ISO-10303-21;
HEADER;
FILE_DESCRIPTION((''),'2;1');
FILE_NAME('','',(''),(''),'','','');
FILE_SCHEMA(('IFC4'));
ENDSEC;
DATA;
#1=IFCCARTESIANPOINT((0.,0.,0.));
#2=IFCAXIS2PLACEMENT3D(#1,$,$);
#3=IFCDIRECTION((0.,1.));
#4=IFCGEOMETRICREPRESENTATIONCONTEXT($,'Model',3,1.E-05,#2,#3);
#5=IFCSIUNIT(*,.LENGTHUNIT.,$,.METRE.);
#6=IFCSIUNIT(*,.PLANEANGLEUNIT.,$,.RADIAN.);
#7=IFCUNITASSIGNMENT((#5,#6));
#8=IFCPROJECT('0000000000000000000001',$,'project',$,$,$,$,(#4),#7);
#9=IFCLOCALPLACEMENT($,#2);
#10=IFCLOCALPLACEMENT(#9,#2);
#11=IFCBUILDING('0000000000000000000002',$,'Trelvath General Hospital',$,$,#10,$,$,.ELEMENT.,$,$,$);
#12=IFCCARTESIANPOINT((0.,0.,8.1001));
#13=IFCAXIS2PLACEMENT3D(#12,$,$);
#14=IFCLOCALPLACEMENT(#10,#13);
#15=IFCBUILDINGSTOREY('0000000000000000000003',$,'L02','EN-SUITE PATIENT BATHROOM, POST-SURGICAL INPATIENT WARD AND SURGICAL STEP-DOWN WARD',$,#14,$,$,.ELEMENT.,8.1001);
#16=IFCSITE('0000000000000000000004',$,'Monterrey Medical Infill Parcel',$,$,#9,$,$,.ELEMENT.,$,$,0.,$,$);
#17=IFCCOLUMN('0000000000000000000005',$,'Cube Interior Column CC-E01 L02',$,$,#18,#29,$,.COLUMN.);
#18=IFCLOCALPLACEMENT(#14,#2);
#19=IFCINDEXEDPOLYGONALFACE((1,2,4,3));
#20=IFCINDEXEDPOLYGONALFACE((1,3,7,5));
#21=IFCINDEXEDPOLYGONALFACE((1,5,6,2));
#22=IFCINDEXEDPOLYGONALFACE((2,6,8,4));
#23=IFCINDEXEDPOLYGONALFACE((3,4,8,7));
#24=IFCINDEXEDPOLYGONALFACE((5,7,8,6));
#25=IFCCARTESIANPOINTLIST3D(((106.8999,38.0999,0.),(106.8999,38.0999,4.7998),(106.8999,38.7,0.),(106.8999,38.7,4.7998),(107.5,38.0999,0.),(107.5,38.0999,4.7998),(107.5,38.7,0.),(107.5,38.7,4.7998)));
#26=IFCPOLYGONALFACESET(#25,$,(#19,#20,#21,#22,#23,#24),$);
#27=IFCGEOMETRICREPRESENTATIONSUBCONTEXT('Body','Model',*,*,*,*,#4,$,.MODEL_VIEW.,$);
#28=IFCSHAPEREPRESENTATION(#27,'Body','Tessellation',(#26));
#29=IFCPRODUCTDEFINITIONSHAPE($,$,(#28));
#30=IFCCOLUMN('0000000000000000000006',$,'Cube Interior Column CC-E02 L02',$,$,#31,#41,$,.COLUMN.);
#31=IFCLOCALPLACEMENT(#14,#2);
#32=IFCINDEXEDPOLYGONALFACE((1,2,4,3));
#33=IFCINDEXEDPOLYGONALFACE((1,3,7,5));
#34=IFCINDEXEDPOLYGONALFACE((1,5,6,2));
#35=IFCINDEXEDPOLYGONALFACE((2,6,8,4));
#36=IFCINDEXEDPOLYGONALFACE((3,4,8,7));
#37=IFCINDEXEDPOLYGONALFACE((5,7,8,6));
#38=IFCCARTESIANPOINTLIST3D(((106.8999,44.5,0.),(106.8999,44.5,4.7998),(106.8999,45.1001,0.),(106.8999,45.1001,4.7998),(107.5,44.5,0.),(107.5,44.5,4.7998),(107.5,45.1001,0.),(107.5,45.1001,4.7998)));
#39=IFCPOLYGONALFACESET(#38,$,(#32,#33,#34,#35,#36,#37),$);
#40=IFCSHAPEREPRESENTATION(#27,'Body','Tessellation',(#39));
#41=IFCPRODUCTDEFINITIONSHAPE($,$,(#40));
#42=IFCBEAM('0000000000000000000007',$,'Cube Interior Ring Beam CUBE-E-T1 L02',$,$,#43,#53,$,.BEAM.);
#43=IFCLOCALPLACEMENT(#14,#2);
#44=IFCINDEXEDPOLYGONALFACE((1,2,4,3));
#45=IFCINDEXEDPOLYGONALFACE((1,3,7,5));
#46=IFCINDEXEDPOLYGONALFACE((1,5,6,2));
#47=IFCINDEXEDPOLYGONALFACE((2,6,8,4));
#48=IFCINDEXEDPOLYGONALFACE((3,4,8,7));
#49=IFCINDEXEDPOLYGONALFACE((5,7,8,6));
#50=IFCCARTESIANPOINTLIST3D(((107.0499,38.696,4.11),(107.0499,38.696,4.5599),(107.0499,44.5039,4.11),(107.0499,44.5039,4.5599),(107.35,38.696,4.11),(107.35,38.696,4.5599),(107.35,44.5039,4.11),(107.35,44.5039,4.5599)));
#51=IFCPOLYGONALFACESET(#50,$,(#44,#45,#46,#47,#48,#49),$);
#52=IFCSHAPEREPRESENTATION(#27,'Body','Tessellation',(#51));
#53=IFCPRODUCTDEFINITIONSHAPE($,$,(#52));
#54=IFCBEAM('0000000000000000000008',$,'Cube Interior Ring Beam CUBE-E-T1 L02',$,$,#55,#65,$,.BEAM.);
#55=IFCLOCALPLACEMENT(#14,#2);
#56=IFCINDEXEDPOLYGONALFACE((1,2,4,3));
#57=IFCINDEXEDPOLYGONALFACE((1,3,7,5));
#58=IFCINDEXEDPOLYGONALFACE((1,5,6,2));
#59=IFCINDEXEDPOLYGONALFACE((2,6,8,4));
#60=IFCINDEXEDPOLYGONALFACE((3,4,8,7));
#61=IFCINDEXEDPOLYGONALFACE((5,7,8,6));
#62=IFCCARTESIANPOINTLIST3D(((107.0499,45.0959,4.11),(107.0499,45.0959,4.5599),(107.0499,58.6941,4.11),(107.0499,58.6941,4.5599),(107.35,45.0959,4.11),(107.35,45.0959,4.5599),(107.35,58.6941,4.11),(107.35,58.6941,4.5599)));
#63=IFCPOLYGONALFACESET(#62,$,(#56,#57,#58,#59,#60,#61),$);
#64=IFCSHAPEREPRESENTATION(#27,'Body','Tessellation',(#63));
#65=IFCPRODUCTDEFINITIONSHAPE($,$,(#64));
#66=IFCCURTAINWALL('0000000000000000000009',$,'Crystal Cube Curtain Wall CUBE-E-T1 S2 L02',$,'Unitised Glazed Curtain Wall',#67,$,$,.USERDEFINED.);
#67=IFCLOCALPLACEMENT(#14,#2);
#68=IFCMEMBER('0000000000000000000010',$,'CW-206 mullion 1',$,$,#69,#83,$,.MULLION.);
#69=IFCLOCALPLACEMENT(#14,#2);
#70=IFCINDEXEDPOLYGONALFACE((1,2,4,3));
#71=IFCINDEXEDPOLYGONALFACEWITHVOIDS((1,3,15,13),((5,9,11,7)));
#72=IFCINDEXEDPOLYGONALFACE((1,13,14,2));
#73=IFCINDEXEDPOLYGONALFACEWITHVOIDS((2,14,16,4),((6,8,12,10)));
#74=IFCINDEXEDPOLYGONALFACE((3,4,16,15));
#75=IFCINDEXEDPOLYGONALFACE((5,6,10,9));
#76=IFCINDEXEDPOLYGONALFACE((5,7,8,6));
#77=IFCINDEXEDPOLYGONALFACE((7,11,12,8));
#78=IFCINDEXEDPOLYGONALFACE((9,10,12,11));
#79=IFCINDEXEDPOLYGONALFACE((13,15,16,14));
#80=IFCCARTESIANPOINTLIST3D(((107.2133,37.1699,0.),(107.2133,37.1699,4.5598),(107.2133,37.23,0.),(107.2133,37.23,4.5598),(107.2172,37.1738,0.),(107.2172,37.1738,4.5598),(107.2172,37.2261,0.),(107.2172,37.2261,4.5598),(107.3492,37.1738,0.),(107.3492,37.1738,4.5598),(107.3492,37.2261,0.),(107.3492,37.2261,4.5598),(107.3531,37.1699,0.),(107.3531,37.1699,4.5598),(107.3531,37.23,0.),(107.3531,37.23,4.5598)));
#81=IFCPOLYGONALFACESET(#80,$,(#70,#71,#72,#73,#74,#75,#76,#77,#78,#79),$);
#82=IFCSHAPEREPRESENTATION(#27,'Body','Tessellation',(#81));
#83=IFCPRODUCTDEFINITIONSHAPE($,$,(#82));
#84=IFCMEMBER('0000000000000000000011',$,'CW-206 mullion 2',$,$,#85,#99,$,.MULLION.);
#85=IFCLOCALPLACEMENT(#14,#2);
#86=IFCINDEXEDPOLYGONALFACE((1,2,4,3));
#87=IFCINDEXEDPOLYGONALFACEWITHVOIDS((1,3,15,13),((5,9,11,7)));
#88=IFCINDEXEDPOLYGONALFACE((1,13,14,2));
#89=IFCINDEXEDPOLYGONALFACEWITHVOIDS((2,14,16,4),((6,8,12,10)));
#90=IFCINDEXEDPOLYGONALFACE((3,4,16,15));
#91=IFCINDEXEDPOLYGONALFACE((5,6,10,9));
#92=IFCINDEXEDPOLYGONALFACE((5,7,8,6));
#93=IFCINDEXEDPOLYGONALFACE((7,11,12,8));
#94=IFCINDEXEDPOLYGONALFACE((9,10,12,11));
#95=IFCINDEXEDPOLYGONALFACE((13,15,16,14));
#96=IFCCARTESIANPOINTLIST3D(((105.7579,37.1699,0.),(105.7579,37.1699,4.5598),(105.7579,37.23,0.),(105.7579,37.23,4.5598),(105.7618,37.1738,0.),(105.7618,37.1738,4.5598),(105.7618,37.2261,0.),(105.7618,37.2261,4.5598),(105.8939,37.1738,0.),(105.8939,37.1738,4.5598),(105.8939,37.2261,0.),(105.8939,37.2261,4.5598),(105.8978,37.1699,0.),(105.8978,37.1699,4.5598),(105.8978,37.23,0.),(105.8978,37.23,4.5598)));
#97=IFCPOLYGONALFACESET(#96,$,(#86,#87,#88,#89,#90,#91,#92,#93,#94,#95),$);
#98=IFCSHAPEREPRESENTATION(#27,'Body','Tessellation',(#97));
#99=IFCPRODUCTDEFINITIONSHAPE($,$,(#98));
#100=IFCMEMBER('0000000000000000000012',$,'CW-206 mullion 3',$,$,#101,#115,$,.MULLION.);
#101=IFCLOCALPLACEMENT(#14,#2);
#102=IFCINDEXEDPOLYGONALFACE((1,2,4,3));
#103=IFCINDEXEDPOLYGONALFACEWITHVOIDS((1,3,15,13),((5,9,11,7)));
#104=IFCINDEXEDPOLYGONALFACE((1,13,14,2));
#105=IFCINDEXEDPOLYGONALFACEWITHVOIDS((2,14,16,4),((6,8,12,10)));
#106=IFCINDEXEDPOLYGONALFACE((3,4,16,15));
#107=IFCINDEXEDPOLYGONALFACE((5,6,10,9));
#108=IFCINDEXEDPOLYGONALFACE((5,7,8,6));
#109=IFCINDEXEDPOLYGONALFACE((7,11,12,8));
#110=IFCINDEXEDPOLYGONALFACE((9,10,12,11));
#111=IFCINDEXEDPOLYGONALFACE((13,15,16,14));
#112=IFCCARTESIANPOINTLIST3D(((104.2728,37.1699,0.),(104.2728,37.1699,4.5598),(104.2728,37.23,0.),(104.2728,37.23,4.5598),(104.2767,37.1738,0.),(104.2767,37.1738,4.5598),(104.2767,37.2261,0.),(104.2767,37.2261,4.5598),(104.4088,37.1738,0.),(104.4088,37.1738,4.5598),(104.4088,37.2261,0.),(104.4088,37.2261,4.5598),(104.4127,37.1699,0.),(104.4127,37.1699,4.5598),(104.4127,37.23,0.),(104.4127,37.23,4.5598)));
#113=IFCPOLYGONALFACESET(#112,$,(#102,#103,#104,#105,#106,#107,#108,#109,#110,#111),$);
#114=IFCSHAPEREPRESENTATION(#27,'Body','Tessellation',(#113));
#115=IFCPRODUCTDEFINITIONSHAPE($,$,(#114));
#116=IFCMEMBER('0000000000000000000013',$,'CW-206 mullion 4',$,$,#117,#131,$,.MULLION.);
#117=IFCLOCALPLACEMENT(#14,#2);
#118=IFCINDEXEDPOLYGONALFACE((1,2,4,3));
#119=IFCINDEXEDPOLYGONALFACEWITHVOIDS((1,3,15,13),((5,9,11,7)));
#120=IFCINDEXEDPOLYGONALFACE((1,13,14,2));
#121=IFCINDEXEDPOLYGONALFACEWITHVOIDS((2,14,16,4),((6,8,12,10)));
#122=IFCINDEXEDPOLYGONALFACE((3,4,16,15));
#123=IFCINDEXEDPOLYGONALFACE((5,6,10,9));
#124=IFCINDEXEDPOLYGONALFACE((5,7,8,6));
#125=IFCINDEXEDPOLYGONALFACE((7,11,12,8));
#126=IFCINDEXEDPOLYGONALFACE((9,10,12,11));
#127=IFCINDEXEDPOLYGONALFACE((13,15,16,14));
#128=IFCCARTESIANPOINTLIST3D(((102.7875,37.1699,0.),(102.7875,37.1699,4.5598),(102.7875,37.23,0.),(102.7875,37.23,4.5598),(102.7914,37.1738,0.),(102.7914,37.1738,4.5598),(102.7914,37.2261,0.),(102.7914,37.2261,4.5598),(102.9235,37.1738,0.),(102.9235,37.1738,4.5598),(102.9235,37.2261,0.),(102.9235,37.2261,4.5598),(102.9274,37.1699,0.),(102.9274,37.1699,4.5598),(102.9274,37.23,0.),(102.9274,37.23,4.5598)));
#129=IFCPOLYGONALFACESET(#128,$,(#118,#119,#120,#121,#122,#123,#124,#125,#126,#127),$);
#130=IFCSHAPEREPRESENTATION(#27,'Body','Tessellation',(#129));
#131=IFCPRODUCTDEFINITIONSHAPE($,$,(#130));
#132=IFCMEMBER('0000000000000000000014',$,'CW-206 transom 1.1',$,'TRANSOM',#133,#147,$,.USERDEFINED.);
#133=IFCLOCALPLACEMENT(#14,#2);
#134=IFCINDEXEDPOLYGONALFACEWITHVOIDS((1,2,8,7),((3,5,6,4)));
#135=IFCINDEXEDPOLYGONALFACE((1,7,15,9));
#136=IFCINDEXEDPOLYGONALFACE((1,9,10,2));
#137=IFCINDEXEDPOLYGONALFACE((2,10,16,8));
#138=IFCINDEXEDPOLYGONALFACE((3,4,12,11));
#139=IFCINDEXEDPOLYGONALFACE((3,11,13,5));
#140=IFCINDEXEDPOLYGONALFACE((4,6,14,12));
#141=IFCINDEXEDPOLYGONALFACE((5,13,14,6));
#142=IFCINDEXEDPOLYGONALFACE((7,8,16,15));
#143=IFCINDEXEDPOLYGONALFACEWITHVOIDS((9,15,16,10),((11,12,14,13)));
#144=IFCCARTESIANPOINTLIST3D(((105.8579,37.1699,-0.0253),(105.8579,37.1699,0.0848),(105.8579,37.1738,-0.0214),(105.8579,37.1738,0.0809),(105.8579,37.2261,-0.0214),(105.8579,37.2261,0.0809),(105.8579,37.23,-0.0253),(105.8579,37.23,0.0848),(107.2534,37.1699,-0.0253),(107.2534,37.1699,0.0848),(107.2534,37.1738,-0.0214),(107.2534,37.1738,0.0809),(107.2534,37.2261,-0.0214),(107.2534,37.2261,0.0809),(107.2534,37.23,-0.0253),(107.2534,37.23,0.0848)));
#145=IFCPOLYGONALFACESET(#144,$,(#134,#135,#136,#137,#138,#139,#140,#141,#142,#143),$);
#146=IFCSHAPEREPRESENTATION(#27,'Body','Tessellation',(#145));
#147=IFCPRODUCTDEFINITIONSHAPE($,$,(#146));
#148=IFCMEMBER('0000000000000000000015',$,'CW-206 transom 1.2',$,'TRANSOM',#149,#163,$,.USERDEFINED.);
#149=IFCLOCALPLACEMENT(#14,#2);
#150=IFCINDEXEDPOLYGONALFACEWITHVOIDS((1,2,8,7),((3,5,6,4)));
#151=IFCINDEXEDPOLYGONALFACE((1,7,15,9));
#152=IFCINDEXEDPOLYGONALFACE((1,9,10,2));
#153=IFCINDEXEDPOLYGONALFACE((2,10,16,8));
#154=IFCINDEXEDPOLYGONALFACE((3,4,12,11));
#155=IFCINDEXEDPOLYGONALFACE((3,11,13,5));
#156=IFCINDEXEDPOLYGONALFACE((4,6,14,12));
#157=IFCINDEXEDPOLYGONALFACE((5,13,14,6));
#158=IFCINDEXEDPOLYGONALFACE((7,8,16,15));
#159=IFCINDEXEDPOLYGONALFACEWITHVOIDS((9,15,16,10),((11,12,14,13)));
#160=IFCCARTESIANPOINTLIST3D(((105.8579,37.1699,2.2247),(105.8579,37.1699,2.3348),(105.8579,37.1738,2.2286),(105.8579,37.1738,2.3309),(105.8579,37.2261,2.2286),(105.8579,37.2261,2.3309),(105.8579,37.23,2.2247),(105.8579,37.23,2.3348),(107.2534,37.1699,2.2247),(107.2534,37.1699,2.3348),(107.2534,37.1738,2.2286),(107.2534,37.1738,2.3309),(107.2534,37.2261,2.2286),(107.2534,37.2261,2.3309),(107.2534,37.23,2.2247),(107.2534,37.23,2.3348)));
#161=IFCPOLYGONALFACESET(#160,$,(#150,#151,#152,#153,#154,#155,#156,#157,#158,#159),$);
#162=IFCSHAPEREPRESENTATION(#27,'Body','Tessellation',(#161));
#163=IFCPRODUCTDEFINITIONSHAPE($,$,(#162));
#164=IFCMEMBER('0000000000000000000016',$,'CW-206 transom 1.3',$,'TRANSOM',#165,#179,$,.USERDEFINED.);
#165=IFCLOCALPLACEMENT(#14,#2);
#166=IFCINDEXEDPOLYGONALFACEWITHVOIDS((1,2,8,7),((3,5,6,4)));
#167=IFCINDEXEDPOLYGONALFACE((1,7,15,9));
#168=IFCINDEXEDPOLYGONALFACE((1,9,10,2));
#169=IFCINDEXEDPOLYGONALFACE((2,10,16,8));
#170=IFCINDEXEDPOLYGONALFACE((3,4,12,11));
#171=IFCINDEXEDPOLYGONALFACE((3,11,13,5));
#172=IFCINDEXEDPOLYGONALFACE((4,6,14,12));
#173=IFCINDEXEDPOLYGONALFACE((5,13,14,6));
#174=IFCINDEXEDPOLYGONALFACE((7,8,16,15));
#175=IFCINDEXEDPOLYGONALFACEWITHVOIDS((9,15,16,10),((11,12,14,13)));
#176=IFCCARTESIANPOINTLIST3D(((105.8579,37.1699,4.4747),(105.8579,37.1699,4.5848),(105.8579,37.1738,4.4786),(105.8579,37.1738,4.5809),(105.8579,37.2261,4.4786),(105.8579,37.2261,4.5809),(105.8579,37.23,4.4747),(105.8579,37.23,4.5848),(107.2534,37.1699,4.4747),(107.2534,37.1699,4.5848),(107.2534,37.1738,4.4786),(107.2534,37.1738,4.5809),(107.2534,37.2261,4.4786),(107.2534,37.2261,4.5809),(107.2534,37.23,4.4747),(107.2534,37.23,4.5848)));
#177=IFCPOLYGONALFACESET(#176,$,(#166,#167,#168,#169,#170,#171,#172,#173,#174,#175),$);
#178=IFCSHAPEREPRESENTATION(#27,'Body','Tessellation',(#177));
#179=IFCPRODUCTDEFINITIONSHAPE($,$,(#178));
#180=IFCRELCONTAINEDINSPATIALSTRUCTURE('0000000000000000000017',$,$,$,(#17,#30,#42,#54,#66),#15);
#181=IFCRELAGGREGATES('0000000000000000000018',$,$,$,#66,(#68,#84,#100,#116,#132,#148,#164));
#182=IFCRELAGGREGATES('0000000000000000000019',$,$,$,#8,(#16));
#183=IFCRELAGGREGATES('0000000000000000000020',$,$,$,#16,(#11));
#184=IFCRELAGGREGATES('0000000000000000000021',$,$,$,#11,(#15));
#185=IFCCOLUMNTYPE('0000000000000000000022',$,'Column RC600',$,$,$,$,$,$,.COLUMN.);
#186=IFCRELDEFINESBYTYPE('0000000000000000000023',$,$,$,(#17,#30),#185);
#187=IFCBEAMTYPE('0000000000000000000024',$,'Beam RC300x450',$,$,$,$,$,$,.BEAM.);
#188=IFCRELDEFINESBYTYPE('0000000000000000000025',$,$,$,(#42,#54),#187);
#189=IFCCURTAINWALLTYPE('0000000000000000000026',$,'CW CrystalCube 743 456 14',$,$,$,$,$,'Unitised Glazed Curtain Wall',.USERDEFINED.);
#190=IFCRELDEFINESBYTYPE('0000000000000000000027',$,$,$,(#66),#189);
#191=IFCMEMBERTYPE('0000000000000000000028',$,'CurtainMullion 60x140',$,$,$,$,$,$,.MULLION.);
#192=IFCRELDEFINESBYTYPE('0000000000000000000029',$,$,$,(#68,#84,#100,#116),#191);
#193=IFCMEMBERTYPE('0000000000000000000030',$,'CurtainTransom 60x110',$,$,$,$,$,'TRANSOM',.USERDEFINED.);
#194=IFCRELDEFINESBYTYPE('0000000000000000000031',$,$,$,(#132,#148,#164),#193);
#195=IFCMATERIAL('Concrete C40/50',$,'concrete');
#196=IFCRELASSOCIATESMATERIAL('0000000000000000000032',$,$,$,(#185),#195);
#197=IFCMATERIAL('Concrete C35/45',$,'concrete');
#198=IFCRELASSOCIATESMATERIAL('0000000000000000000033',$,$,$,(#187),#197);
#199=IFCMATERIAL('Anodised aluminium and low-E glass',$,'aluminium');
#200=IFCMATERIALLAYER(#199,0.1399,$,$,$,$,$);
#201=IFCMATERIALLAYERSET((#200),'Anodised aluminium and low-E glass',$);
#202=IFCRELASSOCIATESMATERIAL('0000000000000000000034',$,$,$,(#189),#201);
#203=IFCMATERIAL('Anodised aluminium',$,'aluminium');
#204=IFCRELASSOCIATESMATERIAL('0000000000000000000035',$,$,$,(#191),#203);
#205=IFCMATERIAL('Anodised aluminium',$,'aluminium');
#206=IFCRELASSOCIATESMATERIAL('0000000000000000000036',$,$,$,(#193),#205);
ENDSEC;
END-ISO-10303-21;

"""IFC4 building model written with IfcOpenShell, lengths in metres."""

from ifc_helpers import new_model, si_unit, direction, frame, origin, origin_2d, place, context, subcontext, project, spatial, rectangle, hollow_rectangle, extrude, material, layer, layer_set, material_profile, profile_set, type_object, element, aggregate, save


model = new_model("IFC4")

# Units and contexts
model_context = context("Model", 3, precision=1e-05, world=origin(), true_north=direction((0.0, 1.0)))
body_context = subcontext(model_context, "Body", "Model", "MODEL_VIEW")
ifc_project = project(units=[si_unit("LENGTHUNIT", "METRE"), si_unit("PLANEANGLEUNIT", "RADIAN")], contexts=[model_context])

# Site, building, storey
site_placement = place(None, origin())
site = spatial("IfcSite", under=ifc_project, at=site_placement, Name="Monterrey Medical Infill Parcel", CompositionType="ELEMENT", RefElevation=0.0)
building_placement = place(site_placement, origin())
building = spatial("IfcBuilding", under=site, at=building_placement, Name="Trelvath General Hospital", CompositionType="ELEMENT")
storey_placement = place(building_placement, frame((0.0, 0.0, 8.1001)))
storey = spatial("IfcBuildingStorey", under=building, at=storey_placement, Name="L02", Description="EN-SUITE PATIENT BATHROOM, POST-SURGICAL INPATIENT WARD AND SURGICAL STEP-DOWN WARD", CompositionType="ELEMENT", Elevation=8.1001)

# Columns
ifc_material_1 = material(Name="Concrete C40/50", Category="concrete")
ifc_material_profile_1 = material_profile(ifc_material_1, rectangle(XDim=0.6001, YDim=0.6001, at=origin_2d()), Name="RC600x600")
ifc_profile_set_1 = profile_set([ifc_material_profile_1], Name="Concrete C40/50")
column_type = type_object("IfcColumnType", Name="Column RC600", PredefinedType="COLUMN", material=ifc_profile_set_1)
for number, where, z_axis, x_axis, name in (
    (1, (107.2, 38.3999, 0.0), (0.0, 0.0, 1.0), (1.0, 0.0, 0.0), "Cube Interior Column CC-E01 L02"),
    (2, (107.2, 44.8, 0.0), (0.0, 0.0, 1.0), (1.0, 0.0, 0.0), "Cube Interior Column CC-E02 L02"),
):
    element("IfcColumn", number, at=place(storey_placement, frame(where, z_axis=z_axis, x_axis=x_axis)), inside=storey, type_object=column_type, Name=name, PredefinedType="COLUMN", context=body_context, shape_type="SweptSolid", body=[
        extrude(rectangle(XDim=0.6001, YDim=0.6001, at=origin_2d()), origin(), (0.0, 0.0, 1.0), 4.7998),
    ])

# Beams
ifc_material_2 = material(Name="Concrete C35/45", Category="concrete")
ifc_material_profile_2 = material_profile(ifc_material_2, rectangle(XDim=0.3, YDim=0.45, at=origin_2d()), Name="RCB300x450")
ifc_profile_set_2 = profile_set([ifc_material_profile_2], Name="Concrete C35/45")
beam_type = type_object("IfcBeamType", Name="Beam RC300x450", PredefinedType="BEAM", material=ifc_profile_set_2)
beam_1_placement = place(storey_placement, frame((107.2, 38.696, 4.335), z_axis=(0.0, 1.0, 0.0), x_axis=(-1.0, 0.0, 0.0)))
element("IfcBeam", 3, at=beam_1_placement, inside=storey, type_object=beam_type, Name="Cube Interior Ring Beam CUBE-E-T1 L02", PredefinedType="BEAM", context=body_context, shape_type="SweptSolid", body=[
    extrude(rectangle(XDim=0.3, YDim=0.45, at=origin_2d()), origin(), (0.0, 0.0, 1.0), 5.8079),
])
beam_2_placement = place(storey_placement, frame((107.2, 45.0959, 4.335), z_axis=(0.0, 1.0, 0.0), x_axis=(-1.0, 0.0, 0.0)))
element("IfcBeam", 4, at=beam_2_placement, inside=storey, type_object=beam_type, Name="Cube Interior Ring Beam CUBE-E-T1 L02", PredefinedType="BEAM", context=body_context, shape_type="SweptSolid", body=[
    extrude(rectangle(XDim=0.3, YDim=0.45, at=origin_2d()), origin(), (0.0, 0.0, 1.0), 13.5981),
])

# Curtain wall, members
ifc_material_3 = material(Name="Anodised aluminium and low-E glass", Category="aluminium")
ifc_layer_1 = layer(ifc_material_3, 0.1399)
ifc_layer_set_1 = layer_set([ifc_layer_1], Name="Anodised aluminium and low-E glass")
curtain_wall_type = type_object("IfcCurtainWallType", Name="CW CrystalCube 743 456 14", ElementType="Unitised Glazed Curtain Wall", PredefinedType="USERDEFINED", material=ifc_layer_set_1)
curtain_wall_placement = place(storey_placement, origin())
curtain_wall = element("IfcCurtainWall", 5, at=curtain_wall_placement, inside=storey, type_object=curtain_wall_type, Name="Crystal Cube Curtain Wall CUBE-E-T1 S2 L02", ObjectType="Unitised Glazed Curtain Wall", PredefinedType="USERDEFINED")
ifc_material_4 = material(Name="Anodised aluminium", Category="aluminium")
ifc_material_profile_3 = material_profile(ifc_material_4, hollow_rectangle(XDim=0.0601, YDim=0.1399, WallThickness=0.0039, at=origin_2d()), Name="RHS60x140x4")
ifc_profile_set_3 = profile_set([ifc_material_profile_3], Name="Anodised aluminium")
member_type_1 = type_object("IfcMemberType", Name="CurtainMullion 60x140", PredefinedType="MULLION", material=ifc_profile_set_3)
member_1_placement = place(storey_placement, frame((107.2832, 37.2, 0.0), z_axis=(0.0, 0.0, 1.0), x_axis=(0.0, -1.0, 0.0)))
member_1 = element("IfcMember", 6, at=member_1_placement, type_object=member_type_1, Name="CW-206 mullion 1", PredefinedType="MULLION", context=body_context, shape_type="SweptSolid", body=[
    extrude(hollow_rectangle(XDim=0.0601, YDim=0.1399, WallThickness=0.0039, at=origin_2d()), origin(), (0.0, 0.0, 1.0), 4.5598),
])
member_2_placement = place(storey_placement, frame((105.8279, 37.2, 0.0), z_axis=(0.0, 0.0, 1.0), x_axis=(0.0, -1.0, 0.0)))
member_2 = element("IfcMember", 7, at=member_2_placement, type_object=member_type_1, Name="CW-206 mullion 2", PredefinedType="MULLION", context=body_context, shape_type="SweptSolid", body=[
    extrude(hollow_rectangle(XDim=0.0601, YDim=0.1399, WallThickness=0.0039, at=origin_2d()), origin(), (0.0, 0.0, 1.0), 4.5598),
])
member_3_placement = place(storey_placement, frame((104.3428, 37.2, 0.0), z_axis=(0.0, 0.0, 1.0), x_axis=(0.0, -1.0, 0.0)))
member_3 = element("IfcMember", 8, at=member_3_placement, type_object=member_type_1, Name="CW-206 mullion 3", PredefinedType="MULLION", context=body_context, shape_type="SweptSolid", body=[
    extrude(hollow_rectangle(XDim=0.0601, YDim=0.1399, WallThickness=0.0039, at=origin_2d()), origin(), (0.0, 0.0, 1.0), 4.5598),
])
member_4_placement = place(storey_placement, frame((102.8574, 37.2, 0.0), z_axis=(0.0, 0.0, 1.0), x_axis=(0.0, -1.0, 0.0)))
member_4 = element("IfcMember", 9, at=member_4_placement, type_object=member_type_1, Name="CW-206 mullion 4", PredefinedType="MULLION", context=body_context, shape_type="SweptSolid", body=[
    extrude(hollow_rectangle(XDim=0.0601, YDim=0.1399, WallThickness=0.0039, at=origin_2d()), origin(), (0.0, 0.0, 1.0), 4.5598),
])
ifc_material_5 = material(Name="Anodised aluminium", Category="aluminium")
ifc_material_profile_4 = material_profile(ifc_material_5, hollow_rectangle(XDim=0.0601, YDim=0.1101, WallThickness=0.0039, at=origin_2d()), Name="RHS60x110x4")
ifc_profile_set_4 = profile_set([ifc_material_profile_4], Name="Anodised aluminium")
member_type_2 = type_object("IfcMemberType", Name="CurtainTransom 60x110", ElementType="TRANSOM", PredefinedType="USERDEFINED", material=ifc_profile_set_4)
member_5_placement = place(storey_placement, frame((107.2534, 37.2, 0.0298), z_axis=(-1.0, 0.0, 0.0), x_axis=(0.0, -1.0, 0.0)))
member_5 = element("IfcMember", 10, at=member_5_placement, type_object=member_type_2, Name="CW-206 transom 1.1", ObjectType="TRANSOM", PredefinedType="USERDEFINED", context=body_context, shape_type="SweptSolid", body=[
    extrude(hollow_rectangle(XDim=0.0601, YDim=0.1101, WallThickness=0.0039, at=origin_2d()), origin(), (0.0, 0.0, 1.0), 1.3955),
])
member_6_placement = place(storey_placement, frame((107.2534, 37.2, 2.2798), z_axis=(-1.0, 0.0, 0.0), x_axis=(0.0, -1.0, 0.0)))
member_6 = element("IfcMember", 11, at=member_6_placement, type_object=member_type_2, Name="CW-206 transom 1.2", ObjectType="TRANSOM", PredefinedType="USERDEFINED", context=body_context, shape_type="SweptSolid", body=[
    extrude(hollow_rectangle(XDim=0.0601, YDim=0.1101, WallThickness=0.0039, at=origin_2d()), origin(), (0.0, 0.0, 1.0), 1.3955),
])
member_7_placement = place(storey_placement, frame((107.2534, 37.2, 4.5298), z_axis=(-1.0, 0.0, 0.0), x_axis=(0.0, -1.0, 0.0)))
member_7 = element("IfcMember", 12, at=member_7_placement, type_object=member_type_2, Name="CW-206 transom 1.3", ObjectType="TRANSOM", PredefinedType="USERDEFINED", context=body_context, shape_type="SweptSolid", body=[
    extrude(hollow_rectangle(XDim=0.0601, YDim=0.1101, WallThickness=0.0039, at=origin_2d()), origin(), (0.0, 0.0, 1.0), 1.3955),
])
aggregate(curtain_wall, [member_1, member_2, member_3, member_4, member_5, member_6, member_7])

save(model, "model.ifc")
